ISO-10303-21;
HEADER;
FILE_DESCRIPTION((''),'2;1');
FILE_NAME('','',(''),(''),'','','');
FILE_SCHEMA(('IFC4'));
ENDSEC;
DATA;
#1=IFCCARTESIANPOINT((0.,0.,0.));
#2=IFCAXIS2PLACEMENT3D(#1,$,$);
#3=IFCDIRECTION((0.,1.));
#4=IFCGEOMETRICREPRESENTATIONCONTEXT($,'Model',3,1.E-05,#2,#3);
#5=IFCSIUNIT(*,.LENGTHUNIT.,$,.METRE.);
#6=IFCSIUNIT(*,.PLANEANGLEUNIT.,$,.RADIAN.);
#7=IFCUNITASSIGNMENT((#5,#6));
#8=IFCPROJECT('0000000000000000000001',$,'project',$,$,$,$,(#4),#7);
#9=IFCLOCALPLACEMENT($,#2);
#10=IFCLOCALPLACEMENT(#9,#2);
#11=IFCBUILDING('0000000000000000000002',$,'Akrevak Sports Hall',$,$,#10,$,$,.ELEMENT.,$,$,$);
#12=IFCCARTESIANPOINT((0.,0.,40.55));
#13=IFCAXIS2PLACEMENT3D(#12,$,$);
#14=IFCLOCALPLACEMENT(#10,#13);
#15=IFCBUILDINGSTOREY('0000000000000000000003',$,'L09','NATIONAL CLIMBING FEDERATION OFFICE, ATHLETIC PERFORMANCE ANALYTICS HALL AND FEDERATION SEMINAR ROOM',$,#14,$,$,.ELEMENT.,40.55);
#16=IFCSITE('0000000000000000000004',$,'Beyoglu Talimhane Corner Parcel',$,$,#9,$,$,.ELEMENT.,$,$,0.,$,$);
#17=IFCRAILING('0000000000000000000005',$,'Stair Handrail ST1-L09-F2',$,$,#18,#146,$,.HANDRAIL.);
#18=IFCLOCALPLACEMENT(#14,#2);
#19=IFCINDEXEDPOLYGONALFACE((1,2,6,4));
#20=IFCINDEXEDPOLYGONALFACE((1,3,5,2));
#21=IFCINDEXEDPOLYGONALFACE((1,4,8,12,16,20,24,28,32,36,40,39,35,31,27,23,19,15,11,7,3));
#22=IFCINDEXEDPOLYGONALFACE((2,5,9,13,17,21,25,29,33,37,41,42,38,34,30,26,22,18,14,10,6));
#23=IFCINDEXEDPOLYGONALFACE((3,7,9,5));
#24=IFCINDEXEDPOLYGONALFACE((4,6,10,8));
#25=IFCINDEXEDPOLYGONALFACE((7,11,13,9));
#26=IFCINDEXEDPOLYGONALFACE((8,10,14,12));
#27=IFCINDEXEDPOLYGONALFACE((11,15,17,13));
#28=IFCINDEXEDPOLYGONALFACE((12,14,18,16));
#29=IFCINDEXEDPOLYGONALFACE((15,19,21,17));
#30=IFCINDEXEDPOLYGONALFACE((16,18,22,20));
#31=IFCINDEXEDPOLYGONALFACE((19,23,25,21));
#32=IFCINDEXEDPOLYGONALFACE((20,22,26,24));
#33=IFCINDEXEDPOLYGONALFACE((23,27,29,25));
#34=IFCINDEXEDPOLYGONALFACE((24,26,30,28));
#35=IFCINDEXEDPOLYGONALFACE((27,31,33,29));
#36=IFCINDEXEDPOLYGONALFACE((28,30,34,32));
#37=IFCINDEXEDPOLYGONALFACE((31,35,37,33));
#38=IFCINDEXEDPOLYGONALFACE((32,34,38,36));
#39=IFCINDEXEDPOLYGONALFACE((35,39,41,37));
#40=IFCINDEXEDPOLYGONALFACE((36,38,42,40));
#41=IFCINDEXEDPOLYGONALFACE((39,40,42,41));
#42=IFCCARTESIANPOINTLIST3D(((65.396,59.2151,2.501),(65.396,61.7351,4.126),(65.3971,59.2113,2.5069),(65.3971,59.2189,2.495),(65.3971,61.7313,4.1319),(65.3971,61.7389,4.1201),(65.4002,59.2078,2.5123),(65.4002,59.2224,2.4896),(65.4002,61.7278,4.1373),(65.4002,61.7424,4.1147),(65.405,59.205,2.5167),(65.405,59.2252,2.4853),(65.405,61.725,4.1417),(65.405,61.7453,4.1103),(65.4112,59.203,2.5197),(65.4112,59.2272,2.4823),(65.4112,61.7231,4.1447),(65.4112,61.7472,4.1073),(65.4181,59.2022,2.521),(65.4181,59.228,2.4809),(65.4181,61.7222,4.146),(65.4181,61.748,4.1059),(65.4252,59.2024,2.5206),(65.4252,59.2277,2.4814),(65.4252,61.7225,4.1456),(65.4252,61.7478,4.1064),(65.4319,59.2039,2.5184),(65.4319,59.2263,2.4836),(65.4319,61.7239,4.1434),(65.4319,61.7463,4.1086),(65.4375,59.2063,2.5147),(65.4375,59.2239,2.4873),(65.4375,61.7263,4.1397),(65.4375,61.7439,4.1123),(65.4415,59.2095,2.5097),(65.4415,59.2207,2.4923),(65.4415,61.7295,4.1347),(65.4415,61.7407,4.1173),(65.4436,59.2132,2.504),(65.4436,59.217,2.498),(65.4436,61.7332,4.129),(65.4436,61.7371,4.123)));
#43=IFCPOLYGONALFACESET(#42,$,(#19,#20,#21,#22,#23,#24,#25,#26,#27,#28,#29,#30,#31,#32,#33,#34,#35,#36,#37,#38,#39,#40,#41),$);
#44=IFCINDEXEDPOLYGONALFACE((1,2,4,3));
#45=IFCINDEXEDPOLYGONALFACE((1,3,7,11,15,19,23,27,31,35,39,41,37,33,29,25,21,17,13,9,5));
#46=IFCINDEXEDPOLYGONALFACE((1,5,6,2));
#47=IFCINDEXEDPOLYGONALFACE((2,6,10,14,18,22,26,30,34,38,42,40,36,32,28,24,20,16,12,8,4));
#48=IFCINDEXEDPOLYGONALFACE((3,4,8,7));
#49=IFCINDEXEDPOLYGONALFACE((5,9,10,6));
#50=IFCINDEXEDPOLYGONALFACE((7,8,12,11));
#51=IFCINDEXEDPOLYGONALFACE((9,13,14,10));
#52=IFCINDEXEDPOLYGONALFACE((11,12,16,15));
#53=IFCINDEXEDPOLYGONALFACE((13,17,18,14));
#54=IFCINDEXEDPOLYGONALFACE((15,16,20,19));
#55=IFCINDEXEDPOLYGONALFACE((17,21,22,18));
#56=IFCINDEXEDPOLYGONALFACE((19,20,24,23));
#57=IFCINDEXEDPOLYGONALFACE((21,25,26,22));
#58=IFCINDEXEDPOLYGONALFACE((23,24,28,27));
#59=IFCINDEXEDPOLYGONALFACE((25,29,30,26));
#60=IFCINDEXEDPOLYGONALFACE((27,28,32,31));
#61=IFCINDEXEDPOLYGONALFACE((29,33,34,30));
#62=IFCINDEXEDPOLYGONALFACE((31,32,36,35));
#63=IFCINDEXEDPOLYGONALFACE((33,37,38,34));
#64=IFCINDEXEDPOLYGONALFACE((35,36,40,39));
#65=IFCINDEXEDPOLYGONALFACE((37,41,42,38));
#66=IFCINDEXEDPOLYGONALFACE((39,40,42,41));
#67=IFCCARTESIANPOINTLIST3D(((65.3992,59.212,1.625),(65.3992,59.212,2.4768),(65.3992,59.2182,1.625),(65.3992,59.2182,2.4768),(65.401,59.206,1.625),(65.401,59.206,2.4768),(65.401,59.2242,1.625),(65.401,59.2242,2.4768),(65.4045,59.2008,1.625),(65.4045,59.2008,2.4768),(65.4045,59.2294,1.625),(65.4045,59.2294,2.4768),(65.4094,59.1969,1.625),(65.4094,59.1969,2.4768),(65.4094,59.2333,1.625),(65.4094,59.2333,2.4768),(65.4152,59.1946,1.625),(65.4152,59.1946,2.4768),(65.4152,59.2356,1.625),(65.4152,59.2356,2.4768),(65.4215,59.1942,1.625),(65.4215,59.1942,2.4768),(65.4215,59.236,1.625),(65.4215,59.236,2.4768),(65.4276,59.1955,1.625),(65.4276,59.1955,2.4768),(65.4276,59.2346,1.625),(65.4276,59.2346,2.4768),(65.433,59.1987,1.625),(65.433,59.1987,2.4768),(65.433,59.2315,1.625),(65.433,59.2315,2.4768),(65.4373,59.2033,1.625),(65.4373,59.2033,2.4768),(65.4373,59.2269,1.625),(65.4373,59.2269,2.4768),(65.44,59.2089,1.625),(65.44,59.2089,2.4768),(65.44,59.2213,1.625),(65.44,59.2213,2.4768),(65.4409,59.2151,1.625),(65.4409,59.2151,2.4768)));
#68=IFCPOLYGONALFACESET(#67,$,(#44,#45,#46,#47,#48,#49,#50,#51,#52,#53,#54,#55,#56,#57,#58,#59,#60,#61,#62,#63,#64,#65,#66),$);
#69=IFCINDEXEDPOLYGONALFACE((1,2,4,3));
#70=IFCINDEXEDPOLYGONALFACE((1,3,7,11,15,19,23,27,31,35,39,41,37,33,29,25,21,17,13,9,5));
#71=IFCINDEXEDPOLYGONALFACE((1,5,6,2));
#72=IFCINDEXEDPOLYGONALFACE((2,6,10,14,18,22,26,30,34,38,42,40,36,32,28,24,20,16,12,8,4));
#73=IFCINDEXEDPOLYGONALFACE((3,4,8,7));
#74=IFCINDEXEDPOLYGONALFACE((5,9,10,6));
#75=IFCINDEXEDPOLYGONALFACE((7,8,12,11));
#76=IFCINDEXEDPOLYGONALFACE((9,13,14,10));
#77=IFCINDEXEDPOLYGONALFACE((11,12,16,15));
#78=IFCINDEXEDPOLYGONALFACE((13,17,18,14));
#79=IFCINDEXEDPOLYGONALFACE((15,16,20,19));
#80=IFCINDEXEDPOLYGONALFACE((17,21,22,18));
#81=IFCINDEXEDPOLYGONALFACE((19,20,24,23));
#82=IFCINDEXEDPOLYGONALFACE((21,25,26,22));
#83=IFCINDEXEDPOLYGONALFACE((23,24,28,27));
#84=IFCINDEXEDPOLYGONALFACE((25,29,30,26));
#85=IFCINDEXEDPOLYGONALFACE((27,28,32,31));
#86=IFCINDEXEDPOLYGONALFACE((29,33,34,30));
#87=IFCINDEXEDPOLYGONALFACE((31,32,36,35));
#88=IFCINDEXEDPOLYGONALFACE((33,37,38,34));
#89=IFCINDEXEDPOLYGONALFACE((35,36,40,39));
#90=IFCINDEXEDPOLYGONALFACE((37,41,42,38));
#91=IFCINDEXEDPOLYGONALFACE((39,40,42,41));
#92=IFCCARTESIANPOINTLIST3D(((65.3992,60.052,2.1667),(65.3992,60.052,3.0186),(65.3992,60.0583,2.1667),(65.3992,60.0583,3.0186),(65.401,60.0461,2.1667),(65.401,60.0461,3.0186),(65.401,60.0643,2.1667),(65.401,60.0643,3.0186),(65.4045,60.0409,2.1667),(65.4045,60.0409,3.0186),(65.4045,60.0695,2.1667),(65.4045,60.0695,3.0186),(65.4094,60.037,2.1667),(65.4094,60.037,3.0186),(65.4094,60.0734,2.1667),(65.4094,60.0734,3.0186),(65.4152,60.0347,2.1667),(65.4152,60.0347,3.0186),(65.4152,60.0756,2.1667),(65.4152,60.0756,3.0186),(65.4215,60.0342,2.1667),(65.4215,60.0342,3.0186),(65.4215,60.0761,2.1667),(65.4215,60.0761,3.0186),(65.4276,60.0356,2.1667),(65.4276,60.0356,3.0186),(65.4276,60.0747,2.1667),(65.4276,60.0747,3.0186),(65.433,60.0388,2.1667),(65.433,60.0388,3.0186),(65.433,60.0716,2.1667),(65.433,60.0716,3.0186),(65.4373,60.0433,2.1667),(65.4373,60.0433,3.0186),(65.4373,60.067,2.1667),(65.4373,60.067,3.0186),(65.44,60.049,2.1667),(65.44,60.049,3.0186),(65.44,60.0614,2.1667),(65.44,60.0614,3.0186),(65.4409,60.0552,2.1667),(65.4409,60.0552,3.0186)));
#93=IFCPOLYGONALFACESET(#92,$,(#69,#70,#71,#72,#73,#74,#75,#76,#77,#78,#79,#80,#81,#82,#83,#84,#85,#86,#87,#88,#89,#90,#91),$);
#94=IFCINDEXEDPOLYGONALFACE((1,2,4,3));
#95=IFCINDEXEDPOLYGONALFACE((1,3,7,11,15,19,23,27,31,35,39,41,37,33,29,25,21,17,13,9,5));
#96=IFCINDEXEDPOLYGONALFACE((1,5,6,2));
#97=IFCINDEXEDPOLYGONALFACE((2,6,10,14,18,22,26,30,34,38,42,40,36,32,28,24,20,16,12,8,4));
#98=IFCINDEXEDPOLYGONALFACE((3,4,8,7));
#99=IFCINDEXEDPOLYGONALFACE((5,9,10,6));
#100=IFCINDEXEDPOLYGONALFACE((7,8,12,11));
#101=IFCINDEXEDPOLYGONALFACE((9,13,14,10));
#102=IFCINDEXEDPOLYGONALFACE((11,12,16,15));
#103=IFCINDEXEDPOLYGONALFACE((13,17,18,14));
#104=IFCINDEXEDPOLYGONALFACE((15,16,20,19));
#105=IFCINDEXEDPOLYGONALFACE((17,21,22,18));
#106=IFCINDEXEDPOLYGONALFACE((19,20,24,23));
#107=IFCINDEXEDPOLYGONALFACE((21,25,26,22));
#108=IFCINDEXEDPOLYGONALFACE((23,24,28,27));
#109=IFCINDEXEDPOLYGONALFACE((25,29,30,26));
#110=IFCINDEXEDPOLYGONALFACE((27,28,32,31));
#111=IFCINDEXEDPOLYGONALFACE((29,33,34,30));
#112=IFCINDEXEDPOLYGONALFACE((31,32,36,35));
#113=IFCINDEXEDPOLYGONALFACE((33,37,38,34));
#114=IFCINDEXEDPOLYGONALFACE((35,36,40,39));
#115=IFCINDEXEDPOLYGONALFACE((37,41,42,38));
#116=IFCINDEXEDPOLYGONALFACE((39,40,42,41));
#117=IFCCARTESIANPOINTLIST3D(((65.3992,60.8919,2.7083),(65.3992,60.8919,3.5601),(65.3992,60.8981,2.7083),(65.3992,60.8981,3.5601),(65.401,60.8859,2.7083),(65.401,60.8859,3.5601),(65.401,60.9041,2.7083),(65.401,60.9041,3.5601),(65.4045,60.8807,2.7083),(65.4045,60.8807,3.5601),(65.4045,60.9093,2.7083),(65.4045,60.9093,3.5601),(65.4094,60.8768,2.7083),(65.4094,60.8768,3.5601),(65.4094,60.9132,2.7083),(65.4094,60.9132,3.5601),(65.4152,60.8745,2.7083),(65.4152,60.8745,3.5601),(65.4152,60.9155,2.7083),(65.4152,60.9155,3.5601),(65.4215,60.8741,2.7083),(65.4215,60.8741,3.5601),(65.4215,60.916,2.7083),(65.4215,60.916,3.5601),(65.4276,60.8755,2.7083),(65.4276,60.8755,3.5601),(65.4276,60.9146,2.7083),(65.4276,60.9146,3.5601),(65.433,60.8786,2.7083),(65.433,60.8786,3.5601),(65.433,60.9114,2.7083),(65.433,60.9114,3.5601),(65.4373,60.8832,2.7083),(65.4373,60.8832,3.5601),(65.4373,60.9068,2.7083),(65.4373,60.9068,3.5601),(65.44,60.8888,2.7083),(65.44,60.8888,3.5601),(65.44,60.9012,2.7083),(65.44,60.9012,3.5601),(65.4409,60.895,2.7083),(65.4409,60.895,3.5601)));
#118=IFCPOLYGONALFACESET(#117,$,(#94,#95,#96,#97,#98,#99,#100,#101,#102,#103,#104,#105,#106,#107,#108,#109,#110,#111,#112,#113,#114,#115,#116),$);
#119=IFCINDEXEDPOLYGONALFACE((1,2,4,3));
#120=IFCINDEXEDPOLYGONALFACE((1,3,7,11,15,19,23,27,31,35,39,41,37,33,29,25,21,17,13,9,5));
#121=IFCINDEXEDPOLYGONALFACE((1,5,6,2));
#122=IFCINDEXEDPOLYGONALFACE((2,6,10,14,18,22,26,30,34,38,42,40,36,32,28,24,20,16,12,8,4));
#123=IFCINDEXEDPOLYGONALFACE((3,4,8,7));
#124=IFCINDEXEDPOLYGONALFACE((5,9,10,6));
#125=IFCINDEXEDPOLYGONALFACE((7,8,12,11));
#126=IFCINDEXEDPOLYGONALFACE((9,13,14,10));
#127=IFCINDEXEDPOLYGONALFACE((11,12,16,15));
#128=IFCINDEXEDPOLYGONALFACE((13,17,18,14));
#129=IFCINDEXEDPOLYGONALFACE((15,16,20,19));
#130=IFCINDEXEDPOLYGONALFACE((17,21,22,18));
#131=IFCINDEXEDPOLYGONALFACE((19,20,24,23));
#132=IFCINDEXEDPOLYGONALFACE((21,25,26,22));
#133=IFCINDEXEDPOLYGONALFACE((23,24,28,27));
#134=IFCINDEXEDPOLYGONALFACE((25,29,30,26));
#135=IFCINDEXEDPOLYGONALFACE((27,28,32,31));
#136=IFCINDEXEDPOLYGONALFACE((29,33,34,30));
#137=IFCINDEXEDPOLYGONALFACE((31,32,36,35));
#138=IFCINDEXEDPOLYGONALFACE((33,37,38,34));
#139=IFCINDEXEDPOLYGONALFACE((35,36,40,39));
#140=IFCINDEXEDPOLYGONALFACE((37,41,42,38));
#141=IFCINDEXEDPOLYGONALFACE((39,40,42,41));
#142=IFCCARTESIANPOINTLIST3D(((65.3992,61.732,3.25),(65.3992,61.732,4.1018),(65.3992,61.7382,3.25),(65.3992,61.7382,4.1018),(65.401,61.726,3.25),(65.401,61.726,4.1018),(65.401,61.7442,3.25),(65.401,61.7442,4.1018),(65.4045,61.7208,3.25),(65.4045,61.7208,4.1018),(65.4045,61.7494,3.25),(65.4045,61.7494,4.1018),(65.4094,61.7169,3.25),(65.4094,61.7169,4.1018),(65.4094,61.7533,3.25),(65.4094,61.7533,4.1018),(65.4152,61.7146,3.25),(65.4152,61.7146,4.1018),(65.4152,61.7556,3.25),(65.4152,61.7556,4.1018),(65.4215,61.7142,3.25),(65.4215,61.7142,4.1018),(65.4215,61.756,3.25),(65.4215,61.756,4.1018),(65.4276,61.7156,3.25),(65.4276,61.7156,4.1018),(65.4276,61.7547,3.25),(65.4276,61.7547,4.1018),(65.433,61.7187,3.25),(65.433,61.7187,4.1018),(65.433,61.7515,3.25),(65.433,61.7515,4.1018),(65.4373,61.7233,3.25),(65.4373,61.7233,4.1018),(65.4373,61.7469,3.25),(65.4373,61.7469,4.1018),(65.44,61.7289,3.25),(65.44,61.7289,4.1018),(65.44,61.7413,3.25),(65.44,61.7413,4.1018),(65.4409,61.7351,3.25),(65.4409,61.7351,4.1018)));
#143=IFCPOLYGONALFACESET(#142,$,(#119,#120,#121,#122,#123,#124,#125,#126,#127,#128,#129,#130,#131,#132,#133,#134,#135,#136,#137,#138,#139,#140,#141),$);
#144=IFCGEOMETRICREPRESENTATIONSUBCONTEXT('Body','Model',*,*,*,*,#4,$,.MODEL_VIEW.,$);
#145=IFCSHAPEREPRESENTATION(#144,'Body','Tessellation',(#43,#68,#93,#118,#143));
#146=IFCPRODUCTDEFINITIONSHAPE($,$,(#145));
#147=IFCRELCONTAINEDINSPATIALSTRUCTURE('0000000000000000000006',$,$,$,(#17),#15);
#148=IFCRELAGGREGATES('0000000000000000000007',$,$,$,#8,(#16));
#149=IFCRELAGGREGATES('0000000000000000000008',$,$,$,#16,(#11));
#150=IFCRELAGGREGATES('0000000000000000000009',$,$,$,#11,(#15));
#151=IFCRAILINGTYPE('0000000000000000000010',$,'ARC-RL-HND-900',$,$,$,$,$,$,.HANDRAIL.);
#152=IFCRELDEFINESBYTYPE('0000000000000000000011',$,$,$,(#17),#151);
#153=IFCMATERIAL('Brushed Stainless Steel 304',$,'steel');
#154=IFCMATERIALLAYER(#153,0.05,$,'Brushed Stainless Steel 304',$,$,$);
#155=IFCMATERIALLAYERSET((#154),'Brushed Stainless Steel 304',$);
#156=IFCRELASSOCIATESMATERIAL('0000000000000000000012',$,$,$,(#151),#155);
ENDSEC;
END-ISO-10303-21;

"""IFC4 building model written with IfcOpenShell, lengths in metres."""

from ifc_helpers import new_model, si_unit, direction, frame, origin, origin_2d, place, context, subcontext, project, spatial, circle, extrude, material, layer, layer_set, type_object, element, save


model = new_model("IFC4")

# Units and contexts
model_context = context("Model", 3, precision=1e-05, world=origin(), true_north=direction((0.0, 1.0)))
body_context = subcontext(model_context, "Body", "Model", "MODEL_VIEW")
ifc_project = project(units=[si_unit("LENGTHUNIT", "METRE"), si_unit("PLANEANGLEUNIT", "RADIAN")], contexts=[model_context])

# Site, building, storey
site_placement = place(None, origin())
site = spatial("IfcSite", under=ifc_project, at=site_placement, Name="Beyoglu Talimhane Corner Parcel", CompositionType="ELEMENT", RefElevation=0.0)
building_placement = place(site_placement, origin())
building = spatial("IfcBuilding", under=site, at=building_placement, Name="Akrevak Sports Hall", CompositionType="ELEMENT")
storey_placement = place(building_placement, frame((0.0, 0.0, 40.55)))
storey = spatial("IfcBuildingStorey", under=building, at=storey_placement, Name="L09", Description="NATIONAL CLIMBING FEDERATION OFFICE, ATHLETIC PERFORMANCE ANALYTICS HALL AND FEDERATION SEMINAR ROOM", CompositionType="ELEMENT", Elevation=40.55)

# Shared definitions
ifc_material_1 = material(Name="Brushed Stainless Steel 304", Category="steel")

# Railing
ifc_layer_1 = layer(ifc_material_1, 0.05, Name="Brushed Stainless Steel 304")
ifc_layer_set_1 = layer_set([ifc_layer_1], Name="Brushed Stainless Steel 304")
railing_type_1 = type_object("IfcRailingType", Name="ARC-RL-HND-900", PredefinedType="HANDRAIL", material=ifc_layer_set_1)
railing_1_placement = place(storey_placement, frame((65.4199, 59.2151, 1.625)))
element("IfcRailing", 1, at=railing_1_placement, inside=storey, type_object=railing_type_1, Name="Stair Handrail ST1-L09-F2", PredefinedType="HANDRAIL", context=body_context, shape_type="SweptSolid", body=[
    extrude(circle(Radius=0.0239, at=origin_2d()), frame((0.0, 0.0, 0.876), z_axis=(0.0, 0.840421, 0.541934), x_axis=(-1.0, 0.0, 0.0)), (0.0, 0.0, 1.0), 2.9985),
    extrude(circle(Radius=0.021, at=origin_2d()), origin(), (0.0, 0.0, 1.0), 0.8518),
    extrude(circle(Radius=0.021, at=origin_2d()), frame((0.0, 0.8401, 0.5417)), (0.0, 0.0, 1.0), 0.8518),
    extrude(circle(Radius=0.021, at=origin_2d()), frame((0.0, 1.6799, 1.0833)), (0.0, 0.0, 1.0), 0.8518),
    extrude(circle(Radius=0.021, at=origin_2d()), frame((0.0, 2.52, 1.625)), (0.0, 0.0, 1.0), 0.8518),
])

save(model, "model.ifc")
